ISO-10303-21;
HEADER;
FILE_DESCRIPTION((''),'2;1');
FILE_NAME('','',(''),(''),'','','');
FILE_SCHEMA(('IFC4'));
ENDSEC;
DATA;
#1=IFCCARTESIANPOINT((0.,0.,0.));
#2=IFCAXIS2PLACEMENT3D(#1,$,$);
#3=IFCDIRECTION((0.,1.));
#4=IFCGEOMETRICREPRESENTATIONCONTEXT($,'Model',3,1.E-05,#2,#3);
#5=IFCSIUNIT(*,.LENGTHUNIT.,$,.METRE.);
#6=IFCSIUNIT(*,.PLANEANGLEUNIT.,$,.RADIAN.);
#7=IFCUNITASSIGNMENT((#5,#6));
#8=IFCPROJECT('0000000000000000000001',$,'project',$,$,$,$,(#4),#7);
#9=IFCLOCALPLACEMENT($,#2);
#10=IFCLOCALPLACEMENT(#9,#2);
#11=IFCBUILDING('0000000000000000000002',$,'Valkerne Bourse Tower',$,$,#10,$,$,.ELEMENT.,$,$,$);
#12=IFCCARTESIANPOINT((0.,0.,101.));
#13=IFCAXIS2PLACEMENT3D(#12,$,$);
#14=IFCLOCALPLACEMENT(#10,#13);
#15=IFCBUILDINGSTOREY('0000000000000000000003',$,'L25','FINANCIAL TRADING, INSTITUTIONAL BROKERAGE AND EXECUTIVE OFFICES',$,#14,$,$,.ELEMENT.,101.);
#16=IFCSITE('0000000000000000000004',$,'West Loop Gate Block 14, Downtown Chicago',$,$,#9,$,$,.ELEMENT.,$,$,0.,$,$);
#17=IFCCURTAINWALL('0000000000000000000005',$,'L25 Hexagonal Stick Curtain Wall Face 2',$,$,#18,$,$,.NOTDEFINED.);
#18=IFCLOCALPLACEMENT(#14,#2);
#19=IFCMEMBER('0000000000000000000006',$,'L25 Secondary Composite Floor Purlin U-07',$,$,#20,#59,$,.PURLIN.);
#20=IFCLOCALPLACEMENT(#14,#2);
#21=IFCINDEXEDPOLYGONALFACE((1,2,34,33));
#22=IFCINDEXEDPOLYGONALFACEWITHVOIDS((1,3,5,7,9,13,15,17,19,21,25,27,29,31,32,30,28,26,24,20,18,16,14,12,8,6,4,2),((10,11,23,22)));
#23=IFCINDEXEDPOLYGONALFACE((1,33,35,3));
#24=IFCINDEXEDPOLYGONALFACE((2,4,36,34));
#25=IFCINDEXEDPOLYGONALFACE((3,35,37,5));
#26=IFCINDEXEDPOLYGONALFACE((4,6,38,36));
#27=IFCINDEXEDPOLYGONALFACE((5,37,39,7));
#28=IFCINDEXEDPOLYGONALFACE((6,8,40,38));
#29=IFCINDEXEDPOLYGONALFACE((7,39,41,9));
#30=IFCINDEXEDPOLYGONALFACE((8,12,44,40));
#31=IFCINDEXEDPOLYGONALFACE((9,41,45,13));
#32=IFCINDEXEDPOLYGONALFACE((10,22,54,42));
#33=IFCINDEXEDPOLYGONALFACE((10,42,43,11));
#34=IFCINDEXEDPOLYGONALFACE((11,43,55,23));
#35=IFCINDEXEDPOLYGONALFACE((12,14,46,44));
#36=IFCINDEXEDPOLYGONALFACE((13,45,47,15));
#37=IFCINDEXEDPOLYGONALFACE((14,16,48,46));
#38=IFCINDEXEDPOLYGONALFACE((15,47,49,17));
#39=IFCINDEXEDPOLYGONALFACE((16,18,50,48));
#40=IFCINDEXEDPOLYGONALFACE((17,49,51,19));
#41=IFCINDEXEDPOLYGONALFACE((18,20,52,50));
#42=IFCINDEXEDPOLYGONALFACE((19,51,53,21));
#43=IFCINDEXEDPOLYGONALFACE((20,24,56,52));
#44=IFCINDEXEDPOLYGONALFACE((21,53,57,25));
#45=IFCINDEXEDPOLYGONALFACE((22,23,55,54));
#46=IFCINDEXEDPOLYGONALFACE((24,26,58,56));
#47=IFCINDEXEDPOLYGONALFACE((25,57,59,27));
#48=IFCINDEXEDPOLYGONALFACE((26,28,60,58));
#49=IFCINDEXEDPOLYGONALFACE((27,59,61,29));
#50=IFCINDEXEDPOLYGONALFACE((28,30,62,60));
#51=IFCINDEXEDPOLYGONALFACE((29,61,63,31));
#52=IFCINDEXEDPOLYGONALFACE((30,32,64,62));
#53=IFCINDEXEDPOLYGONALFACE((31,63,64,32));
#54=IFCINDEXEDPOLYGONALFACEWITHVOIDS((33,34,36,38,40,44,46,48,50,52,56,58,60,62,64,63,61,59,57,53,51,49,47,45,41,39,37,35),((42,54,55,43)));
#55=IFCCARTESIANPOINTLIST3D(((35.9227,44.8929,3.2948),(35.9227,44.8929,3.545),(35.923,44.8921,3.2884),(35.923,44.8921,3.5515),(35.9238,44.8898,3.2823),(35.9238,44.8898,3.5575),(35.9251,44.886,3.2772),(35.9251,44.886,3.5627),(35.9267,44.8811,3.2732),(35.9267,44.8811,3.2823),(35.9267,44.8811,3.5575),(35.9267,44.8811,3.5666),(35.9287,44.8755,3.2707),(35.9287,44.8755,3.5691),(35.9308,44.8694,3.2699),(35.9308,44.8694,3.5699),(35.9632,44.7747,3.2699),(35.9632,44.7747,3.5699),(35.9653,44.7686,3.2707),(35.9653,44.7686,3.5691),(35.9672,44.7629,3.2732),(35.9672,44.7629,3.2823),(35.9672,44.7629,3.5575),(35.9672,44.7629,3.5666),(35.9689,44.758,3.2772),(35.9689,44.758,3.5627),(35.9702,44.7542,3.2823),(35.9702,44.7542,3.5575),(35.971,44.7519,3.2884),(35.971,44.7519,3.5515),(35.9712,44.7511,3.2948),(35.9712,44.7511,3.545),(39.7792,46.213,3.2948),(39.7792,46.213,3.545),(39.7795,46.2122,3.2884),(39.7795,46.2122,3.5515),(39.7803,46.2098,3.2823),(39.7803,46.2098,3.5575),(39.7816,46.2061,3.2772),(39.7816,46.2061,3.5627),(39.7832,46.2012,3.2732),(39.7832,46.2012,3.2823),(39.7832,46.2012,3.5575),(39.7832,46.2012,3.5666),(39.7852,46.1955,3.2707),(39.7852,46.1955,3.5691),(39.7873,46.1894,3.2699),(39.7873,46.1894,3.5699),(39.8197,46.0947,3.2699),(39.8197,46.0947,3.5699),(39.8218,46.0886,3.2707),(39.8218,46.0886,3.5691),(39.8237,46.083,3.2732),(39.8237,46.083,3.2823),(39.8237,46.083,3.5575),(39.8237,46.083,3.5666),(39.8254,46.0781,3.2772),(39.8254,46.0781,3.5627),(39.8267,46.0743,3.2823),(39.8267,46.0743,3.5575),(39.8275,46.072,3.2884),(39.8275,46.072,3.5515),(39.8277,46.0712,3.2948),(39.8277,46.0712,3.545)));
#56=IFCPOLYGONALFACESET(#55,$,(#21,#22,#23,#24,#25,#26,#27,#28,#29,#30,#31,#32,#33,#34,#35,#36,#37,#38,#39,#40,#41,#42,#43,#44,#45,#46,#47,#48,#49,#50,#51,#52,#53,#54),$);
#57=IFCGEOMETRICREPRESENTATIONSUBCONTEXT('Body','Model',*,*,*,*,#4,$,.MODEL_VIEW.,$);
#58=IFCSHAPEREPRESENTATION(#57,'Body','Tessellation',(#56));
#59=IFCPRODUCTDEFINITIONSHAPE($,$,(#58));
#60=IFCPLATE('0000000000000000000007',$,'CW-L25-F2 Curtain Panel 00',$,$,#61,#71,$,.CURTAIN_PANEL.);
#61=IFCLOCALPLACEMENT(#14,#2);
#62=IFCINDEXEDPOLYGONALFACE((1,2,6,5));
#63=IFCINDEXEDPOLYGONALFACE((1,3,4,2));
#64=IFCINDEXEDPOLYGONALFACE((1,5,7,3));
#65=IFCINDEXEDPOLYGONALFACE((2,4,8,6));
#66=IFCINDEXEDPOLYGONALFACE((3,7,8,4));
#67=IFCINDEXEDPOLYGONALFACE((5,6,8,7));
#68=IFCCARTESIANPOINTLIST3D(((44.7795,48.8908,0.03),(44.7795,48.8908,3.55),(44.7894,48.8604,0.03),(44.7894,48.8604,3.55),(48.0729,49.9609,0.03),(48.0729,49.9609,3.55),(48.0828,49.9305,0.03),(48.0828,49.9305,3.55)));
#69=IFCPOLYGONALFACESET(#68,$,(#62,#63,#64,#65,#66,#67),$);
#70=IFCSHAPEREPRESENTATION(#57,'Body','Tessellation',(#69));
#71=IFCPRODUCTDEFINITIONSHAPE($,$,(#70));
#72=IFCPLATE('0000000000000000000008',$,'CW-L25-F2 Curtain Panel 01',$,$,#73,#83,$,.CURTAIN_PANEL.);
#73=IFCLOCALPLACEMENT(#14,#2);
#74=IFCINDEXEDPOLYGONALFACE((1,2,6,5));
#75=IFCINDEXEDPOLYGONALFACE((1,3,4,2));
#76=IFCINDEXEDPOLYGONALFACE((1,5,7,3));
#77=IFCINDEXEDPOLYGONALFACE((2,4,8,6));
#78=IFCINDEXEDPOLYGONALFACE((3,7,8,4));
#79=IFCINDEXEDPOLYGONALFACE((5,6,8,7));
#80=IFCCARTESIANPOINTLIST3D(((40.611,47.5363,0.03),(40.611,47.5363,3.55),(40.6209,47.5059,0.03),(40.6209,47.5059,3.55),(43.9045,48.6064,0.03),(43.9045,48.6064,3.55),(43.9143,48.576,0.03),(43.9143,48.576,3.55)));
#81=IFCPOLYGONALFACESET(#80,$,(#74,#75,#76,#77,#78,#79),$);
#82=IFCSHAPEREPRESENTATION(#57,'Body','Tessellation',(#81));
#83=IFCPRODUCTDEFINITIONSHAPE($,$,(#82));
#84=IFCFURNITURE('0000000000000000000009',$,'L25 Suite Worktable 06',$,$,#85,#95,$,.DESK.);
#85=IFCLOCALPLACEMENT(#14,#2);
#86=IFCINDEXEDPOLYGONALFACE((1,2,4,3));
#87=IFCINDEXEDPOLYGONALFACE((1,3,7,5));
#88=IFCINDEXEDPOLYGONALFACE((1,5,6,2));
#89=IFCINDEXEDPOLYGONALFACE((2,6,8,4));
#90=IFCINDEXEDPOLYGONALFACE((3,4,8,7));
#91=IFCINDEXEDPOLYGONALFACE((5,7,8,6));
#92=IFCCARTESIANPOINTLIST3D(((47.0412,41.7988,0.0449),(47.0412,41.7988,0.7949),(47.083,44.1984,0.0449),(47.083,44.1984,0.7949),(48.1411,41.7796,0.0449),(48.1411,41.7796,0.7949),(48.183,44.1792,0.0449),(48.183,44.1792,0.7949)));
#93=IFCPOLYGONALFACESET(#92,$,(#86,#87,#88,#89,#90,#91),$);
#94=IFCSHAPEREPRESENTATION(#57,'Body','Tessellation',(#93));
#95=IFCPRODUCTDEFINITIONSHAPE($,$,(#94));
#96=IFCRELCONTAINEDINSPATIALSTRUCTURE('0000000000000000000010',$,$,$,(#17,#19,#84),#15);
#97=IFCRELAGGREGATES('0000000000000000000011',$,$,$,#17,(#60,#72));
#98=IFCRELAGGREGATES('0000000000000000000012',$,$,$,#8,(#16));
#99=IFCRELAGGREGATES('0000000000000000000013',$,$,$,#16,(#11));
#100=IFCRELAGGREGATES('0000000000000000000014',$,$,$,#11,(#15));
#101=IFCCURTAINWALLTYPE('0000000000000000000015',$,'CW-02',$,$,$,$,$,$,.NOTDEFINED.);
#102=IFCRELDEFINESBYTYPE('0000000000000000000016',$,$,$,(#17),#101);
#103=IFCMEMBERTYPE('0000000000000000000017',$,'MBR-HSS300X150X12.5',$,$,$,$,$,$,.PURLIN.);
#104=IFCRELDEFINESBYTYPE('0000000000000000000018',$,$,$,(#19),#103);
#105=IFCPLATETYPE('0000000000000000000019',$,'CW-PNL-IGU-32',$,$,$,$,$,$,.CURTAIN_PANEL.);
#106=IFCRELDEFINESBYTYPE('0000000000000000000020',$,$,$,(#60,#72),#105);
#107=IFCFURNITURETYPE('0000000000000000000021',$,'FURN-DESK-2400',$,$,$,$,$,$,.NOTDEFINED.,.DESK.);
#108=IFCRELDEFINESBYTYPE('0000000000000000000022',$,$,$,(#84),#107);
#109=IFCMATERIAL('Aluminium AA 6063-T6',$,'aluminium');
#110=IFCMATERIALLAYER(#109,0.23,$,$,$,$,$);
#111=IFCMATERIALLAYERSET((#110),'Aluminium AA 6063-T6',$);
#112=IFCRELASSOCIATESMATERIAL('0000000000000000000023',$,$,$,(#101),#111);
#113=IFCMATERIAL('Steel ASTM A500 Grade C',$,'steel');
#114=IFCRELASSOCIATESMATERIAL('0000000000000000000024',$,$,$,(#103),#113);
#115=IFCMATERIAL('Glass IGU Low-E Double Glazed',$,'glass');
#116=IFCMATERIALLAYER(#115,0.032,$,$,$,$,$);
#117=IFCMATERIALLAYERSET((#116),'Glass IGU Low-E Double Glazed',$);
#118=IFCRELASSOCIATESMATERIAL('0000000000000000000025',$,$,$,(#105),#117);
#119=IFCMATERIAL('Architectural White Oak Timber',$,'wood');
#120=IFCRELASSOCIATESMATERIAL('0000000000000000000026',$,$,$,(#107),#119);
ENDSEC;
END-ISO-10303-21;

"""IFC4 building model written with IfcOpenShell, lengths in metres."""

from ifc_helpers import new_model, si_unit, direction, frame, origin, origin_2d, place, context, subcontext, project, spatial, rectangle, hollow_rectangle, extrude, material, layer, layer_set, material_profile, profile_set, type_object, element, aggregate, save


model = new_model("IFC4")

# Units and contexts
model_context = context("Model", 3, precision=1e-05, world=origin(), true_north=direction((0.0, 1.0)))
body_context = subcontext(model_context, "Body", "Model", "MODEL_VIEW")
ifc_project = project(units=[si_unit("LENGTHUNIT", "METRE"), si_unit("PLANEANGLEUNIT", "RADIAN")], contexts=[model_context])

# Site, building, storey
site_placement = place(None, origin())
site = spatial("IfcSite", under=ifc_project, at=site_placement, Name="West Loop Gate Block 14, Downtown Chicago", CompositionType="ELEMENT", RefElevation=0.0)
building_placement = place(site_placement, origin())
building = spatial("IfcBuilding", under=site, at=building_placement, Name="Valkerne Bourse Tower", CompositionType="ELEMENT")
storey_placement = place(building_placement, frame((0.0, 0.0, 101.0)))
storey = spatial("IfcBuildingStorey", under=building, at=storey_placement, Name="L25", Description="FINANCIAL TRADING, INSTITUTIONAL BROKERAGE AND EXECUTIVE OFFICES", CompositionType="ELEMENT", Elevation=101.0)

# Curtain wall
ifc_material_1 = material(Name="Aluminium AA 6063-T6", Category="aluminium")
ifc_layer_1 = layer(ifc_material_1, 0.23)
ifc_layer_set_1 = layer_set([ifc_layer_1], Name="Aluminium AA 6063-T6")
curtain_wall_type = type_object("IfcCurtainWallType", Name="CW-02", PredefinedType="NOTDEFINED", material=ifc_layer_set_1)
curtain_wall_placement = place(storey_placement, origin())
curtain_wall = element("IfcCurtainWall", 1, at=curtain_wall_placement, inside=storey, type_object=curtain_wall_type, Name="L25 Hexagonal Stick Curtain Wall Face 2", PredefinedType="NOTDEFINED")

# Member
ifc_material_2 = material(Name="Steel ASTM A500 Grade C", Category="steel")
ifc_material_profile_1 = material_profile(ifc_material_2, hollow_rectangle(XDim=0.1499, YDim=0.3, WallThickness=0.0125, OuterFilletRadius=0.0249, at=origin_2d()), Name="HSS300X150X12.5")
ifc_profile_set_1 = profile_set([ifc_material_profile_1], Name="Steel ASTM A500 Grade C")
member_type_1 = type_object("IfcMemberType", Name="MBR-HSS300X150X12.5", PredefinedType="PURLIN", material=ifc_profile_set_1)
for number, where, z_axis, x_axis, name in (
    (2, (39.8035, 46.1421, 3.4199), (-0.946107, -0.323854, 0.0), (0.323854, -0.946107, 0.0), "L25 Secondary Composite Floor Purlin U-07"),
):
    element("IfcMember", number, at=place(storey_placement, frame(where, z_axis=z_axis, x_axis=x_axis)), inside=storey, type_object=member_type_1, Name=name, PredefinedType="PURLIN", context=body_context, shape_type="SweptSolid", body=[
        extrude(hollow_rectangle(XDim=0.1499, YDim=0.3, WallThickness=0.0125, OuterFilletRadius=0.0249, at=origin_2d()), origin(), (0.0, 0.0, 1.0), 4.0762),
    ])

# Plates
ifc_material_3 = material(Name="Glass IGU Low-E Double Glazed", Category="glass")
ifc_layer_2 = layer(ifc_material_3, 0.032)
ifc_layer_set_2 = layer_set([ifc_layer_2], Name="Glass IGU Low-E Double Glazed")
plate_type = type_object("IfcPlateType", Name="CW-PNL-IGU-32", PredefinedType="CURTAIN_PANEL", material=ifc_layer_set_2)
plate_1_placement = place(storey_placement, frame((46.4312, 49.4106, 0.03), z_axis=(0.0, 0.0, 1.0), x_axis=(-0.951052, -0.309032, 0.0)))
plate_1 = element("IfcPlate", 3, at=plate_1_placement, type_object=plate_type, Name="CW-L25-F2 Curtain Panel 00", PredefinedType="CURTAIN_PANEL", context=body_context, shape_type="SweptSolid", body=[
    extrude(rectangle(XDim=3.4629, YDim=0.032, at=origin_2d()), origin(), (0.0, 0.0, 1.0), 3.52),
])
plate_2_placement = place(storey_placement, frame((42.2627, 48.0562, 0.03), z_axis=(0.0, 0.0, 1.0), x_axis=(-0.951058, -0.309011, 0.0)))
plate_2 = element("IfcPlate", 4, at=plate_2_placement, type_object=plate_type, Name="CW-L25-F2 Curtain Panel 01", PredefinedType="CURTAIN_PANEL", context=body_context, shape_type="SweptSolid", body=[
    extrude(rectangle(XDim=3.4629, YDim=0.032, at=origin_2d()), origin(), (0.0, 0.0, 1.0), 3.52),
])
aggregate(curtain_wall, [plate_1, plate_2])

# Furniture
ifc_material_4 = material(Name="Architectural White Oak Timber", Category="wood")
furniture_type = type_object("IfcFurnitureType", Name="FURN-DESK-2400", AssemblyPlace="NOTDEFINED", PredefinedType="DESK", material=ifc_material_4)
furniture_placement = place(storey_placement, frame((47.6121, 42.989, 0.0449), z_axis=(0.0, 0.0, 1.0), x_axis=(0.017452, 0.999848, 0.0)))
element("IfcFurniture", 5, at=furniture_placement, inside=storey, type_object=furniture_type, Name="L25 Suite Worktable 06", PredefinedType="DESK", context=body_context, shape_type="SweptSolid", body=[
    extrude(rectangle(XDim=2.3999, YDim=1.1001, at=origin_2d()), origin(), (0.0, 0.0, 1.0), 0.75),
])

save(model, "model.ifc")
